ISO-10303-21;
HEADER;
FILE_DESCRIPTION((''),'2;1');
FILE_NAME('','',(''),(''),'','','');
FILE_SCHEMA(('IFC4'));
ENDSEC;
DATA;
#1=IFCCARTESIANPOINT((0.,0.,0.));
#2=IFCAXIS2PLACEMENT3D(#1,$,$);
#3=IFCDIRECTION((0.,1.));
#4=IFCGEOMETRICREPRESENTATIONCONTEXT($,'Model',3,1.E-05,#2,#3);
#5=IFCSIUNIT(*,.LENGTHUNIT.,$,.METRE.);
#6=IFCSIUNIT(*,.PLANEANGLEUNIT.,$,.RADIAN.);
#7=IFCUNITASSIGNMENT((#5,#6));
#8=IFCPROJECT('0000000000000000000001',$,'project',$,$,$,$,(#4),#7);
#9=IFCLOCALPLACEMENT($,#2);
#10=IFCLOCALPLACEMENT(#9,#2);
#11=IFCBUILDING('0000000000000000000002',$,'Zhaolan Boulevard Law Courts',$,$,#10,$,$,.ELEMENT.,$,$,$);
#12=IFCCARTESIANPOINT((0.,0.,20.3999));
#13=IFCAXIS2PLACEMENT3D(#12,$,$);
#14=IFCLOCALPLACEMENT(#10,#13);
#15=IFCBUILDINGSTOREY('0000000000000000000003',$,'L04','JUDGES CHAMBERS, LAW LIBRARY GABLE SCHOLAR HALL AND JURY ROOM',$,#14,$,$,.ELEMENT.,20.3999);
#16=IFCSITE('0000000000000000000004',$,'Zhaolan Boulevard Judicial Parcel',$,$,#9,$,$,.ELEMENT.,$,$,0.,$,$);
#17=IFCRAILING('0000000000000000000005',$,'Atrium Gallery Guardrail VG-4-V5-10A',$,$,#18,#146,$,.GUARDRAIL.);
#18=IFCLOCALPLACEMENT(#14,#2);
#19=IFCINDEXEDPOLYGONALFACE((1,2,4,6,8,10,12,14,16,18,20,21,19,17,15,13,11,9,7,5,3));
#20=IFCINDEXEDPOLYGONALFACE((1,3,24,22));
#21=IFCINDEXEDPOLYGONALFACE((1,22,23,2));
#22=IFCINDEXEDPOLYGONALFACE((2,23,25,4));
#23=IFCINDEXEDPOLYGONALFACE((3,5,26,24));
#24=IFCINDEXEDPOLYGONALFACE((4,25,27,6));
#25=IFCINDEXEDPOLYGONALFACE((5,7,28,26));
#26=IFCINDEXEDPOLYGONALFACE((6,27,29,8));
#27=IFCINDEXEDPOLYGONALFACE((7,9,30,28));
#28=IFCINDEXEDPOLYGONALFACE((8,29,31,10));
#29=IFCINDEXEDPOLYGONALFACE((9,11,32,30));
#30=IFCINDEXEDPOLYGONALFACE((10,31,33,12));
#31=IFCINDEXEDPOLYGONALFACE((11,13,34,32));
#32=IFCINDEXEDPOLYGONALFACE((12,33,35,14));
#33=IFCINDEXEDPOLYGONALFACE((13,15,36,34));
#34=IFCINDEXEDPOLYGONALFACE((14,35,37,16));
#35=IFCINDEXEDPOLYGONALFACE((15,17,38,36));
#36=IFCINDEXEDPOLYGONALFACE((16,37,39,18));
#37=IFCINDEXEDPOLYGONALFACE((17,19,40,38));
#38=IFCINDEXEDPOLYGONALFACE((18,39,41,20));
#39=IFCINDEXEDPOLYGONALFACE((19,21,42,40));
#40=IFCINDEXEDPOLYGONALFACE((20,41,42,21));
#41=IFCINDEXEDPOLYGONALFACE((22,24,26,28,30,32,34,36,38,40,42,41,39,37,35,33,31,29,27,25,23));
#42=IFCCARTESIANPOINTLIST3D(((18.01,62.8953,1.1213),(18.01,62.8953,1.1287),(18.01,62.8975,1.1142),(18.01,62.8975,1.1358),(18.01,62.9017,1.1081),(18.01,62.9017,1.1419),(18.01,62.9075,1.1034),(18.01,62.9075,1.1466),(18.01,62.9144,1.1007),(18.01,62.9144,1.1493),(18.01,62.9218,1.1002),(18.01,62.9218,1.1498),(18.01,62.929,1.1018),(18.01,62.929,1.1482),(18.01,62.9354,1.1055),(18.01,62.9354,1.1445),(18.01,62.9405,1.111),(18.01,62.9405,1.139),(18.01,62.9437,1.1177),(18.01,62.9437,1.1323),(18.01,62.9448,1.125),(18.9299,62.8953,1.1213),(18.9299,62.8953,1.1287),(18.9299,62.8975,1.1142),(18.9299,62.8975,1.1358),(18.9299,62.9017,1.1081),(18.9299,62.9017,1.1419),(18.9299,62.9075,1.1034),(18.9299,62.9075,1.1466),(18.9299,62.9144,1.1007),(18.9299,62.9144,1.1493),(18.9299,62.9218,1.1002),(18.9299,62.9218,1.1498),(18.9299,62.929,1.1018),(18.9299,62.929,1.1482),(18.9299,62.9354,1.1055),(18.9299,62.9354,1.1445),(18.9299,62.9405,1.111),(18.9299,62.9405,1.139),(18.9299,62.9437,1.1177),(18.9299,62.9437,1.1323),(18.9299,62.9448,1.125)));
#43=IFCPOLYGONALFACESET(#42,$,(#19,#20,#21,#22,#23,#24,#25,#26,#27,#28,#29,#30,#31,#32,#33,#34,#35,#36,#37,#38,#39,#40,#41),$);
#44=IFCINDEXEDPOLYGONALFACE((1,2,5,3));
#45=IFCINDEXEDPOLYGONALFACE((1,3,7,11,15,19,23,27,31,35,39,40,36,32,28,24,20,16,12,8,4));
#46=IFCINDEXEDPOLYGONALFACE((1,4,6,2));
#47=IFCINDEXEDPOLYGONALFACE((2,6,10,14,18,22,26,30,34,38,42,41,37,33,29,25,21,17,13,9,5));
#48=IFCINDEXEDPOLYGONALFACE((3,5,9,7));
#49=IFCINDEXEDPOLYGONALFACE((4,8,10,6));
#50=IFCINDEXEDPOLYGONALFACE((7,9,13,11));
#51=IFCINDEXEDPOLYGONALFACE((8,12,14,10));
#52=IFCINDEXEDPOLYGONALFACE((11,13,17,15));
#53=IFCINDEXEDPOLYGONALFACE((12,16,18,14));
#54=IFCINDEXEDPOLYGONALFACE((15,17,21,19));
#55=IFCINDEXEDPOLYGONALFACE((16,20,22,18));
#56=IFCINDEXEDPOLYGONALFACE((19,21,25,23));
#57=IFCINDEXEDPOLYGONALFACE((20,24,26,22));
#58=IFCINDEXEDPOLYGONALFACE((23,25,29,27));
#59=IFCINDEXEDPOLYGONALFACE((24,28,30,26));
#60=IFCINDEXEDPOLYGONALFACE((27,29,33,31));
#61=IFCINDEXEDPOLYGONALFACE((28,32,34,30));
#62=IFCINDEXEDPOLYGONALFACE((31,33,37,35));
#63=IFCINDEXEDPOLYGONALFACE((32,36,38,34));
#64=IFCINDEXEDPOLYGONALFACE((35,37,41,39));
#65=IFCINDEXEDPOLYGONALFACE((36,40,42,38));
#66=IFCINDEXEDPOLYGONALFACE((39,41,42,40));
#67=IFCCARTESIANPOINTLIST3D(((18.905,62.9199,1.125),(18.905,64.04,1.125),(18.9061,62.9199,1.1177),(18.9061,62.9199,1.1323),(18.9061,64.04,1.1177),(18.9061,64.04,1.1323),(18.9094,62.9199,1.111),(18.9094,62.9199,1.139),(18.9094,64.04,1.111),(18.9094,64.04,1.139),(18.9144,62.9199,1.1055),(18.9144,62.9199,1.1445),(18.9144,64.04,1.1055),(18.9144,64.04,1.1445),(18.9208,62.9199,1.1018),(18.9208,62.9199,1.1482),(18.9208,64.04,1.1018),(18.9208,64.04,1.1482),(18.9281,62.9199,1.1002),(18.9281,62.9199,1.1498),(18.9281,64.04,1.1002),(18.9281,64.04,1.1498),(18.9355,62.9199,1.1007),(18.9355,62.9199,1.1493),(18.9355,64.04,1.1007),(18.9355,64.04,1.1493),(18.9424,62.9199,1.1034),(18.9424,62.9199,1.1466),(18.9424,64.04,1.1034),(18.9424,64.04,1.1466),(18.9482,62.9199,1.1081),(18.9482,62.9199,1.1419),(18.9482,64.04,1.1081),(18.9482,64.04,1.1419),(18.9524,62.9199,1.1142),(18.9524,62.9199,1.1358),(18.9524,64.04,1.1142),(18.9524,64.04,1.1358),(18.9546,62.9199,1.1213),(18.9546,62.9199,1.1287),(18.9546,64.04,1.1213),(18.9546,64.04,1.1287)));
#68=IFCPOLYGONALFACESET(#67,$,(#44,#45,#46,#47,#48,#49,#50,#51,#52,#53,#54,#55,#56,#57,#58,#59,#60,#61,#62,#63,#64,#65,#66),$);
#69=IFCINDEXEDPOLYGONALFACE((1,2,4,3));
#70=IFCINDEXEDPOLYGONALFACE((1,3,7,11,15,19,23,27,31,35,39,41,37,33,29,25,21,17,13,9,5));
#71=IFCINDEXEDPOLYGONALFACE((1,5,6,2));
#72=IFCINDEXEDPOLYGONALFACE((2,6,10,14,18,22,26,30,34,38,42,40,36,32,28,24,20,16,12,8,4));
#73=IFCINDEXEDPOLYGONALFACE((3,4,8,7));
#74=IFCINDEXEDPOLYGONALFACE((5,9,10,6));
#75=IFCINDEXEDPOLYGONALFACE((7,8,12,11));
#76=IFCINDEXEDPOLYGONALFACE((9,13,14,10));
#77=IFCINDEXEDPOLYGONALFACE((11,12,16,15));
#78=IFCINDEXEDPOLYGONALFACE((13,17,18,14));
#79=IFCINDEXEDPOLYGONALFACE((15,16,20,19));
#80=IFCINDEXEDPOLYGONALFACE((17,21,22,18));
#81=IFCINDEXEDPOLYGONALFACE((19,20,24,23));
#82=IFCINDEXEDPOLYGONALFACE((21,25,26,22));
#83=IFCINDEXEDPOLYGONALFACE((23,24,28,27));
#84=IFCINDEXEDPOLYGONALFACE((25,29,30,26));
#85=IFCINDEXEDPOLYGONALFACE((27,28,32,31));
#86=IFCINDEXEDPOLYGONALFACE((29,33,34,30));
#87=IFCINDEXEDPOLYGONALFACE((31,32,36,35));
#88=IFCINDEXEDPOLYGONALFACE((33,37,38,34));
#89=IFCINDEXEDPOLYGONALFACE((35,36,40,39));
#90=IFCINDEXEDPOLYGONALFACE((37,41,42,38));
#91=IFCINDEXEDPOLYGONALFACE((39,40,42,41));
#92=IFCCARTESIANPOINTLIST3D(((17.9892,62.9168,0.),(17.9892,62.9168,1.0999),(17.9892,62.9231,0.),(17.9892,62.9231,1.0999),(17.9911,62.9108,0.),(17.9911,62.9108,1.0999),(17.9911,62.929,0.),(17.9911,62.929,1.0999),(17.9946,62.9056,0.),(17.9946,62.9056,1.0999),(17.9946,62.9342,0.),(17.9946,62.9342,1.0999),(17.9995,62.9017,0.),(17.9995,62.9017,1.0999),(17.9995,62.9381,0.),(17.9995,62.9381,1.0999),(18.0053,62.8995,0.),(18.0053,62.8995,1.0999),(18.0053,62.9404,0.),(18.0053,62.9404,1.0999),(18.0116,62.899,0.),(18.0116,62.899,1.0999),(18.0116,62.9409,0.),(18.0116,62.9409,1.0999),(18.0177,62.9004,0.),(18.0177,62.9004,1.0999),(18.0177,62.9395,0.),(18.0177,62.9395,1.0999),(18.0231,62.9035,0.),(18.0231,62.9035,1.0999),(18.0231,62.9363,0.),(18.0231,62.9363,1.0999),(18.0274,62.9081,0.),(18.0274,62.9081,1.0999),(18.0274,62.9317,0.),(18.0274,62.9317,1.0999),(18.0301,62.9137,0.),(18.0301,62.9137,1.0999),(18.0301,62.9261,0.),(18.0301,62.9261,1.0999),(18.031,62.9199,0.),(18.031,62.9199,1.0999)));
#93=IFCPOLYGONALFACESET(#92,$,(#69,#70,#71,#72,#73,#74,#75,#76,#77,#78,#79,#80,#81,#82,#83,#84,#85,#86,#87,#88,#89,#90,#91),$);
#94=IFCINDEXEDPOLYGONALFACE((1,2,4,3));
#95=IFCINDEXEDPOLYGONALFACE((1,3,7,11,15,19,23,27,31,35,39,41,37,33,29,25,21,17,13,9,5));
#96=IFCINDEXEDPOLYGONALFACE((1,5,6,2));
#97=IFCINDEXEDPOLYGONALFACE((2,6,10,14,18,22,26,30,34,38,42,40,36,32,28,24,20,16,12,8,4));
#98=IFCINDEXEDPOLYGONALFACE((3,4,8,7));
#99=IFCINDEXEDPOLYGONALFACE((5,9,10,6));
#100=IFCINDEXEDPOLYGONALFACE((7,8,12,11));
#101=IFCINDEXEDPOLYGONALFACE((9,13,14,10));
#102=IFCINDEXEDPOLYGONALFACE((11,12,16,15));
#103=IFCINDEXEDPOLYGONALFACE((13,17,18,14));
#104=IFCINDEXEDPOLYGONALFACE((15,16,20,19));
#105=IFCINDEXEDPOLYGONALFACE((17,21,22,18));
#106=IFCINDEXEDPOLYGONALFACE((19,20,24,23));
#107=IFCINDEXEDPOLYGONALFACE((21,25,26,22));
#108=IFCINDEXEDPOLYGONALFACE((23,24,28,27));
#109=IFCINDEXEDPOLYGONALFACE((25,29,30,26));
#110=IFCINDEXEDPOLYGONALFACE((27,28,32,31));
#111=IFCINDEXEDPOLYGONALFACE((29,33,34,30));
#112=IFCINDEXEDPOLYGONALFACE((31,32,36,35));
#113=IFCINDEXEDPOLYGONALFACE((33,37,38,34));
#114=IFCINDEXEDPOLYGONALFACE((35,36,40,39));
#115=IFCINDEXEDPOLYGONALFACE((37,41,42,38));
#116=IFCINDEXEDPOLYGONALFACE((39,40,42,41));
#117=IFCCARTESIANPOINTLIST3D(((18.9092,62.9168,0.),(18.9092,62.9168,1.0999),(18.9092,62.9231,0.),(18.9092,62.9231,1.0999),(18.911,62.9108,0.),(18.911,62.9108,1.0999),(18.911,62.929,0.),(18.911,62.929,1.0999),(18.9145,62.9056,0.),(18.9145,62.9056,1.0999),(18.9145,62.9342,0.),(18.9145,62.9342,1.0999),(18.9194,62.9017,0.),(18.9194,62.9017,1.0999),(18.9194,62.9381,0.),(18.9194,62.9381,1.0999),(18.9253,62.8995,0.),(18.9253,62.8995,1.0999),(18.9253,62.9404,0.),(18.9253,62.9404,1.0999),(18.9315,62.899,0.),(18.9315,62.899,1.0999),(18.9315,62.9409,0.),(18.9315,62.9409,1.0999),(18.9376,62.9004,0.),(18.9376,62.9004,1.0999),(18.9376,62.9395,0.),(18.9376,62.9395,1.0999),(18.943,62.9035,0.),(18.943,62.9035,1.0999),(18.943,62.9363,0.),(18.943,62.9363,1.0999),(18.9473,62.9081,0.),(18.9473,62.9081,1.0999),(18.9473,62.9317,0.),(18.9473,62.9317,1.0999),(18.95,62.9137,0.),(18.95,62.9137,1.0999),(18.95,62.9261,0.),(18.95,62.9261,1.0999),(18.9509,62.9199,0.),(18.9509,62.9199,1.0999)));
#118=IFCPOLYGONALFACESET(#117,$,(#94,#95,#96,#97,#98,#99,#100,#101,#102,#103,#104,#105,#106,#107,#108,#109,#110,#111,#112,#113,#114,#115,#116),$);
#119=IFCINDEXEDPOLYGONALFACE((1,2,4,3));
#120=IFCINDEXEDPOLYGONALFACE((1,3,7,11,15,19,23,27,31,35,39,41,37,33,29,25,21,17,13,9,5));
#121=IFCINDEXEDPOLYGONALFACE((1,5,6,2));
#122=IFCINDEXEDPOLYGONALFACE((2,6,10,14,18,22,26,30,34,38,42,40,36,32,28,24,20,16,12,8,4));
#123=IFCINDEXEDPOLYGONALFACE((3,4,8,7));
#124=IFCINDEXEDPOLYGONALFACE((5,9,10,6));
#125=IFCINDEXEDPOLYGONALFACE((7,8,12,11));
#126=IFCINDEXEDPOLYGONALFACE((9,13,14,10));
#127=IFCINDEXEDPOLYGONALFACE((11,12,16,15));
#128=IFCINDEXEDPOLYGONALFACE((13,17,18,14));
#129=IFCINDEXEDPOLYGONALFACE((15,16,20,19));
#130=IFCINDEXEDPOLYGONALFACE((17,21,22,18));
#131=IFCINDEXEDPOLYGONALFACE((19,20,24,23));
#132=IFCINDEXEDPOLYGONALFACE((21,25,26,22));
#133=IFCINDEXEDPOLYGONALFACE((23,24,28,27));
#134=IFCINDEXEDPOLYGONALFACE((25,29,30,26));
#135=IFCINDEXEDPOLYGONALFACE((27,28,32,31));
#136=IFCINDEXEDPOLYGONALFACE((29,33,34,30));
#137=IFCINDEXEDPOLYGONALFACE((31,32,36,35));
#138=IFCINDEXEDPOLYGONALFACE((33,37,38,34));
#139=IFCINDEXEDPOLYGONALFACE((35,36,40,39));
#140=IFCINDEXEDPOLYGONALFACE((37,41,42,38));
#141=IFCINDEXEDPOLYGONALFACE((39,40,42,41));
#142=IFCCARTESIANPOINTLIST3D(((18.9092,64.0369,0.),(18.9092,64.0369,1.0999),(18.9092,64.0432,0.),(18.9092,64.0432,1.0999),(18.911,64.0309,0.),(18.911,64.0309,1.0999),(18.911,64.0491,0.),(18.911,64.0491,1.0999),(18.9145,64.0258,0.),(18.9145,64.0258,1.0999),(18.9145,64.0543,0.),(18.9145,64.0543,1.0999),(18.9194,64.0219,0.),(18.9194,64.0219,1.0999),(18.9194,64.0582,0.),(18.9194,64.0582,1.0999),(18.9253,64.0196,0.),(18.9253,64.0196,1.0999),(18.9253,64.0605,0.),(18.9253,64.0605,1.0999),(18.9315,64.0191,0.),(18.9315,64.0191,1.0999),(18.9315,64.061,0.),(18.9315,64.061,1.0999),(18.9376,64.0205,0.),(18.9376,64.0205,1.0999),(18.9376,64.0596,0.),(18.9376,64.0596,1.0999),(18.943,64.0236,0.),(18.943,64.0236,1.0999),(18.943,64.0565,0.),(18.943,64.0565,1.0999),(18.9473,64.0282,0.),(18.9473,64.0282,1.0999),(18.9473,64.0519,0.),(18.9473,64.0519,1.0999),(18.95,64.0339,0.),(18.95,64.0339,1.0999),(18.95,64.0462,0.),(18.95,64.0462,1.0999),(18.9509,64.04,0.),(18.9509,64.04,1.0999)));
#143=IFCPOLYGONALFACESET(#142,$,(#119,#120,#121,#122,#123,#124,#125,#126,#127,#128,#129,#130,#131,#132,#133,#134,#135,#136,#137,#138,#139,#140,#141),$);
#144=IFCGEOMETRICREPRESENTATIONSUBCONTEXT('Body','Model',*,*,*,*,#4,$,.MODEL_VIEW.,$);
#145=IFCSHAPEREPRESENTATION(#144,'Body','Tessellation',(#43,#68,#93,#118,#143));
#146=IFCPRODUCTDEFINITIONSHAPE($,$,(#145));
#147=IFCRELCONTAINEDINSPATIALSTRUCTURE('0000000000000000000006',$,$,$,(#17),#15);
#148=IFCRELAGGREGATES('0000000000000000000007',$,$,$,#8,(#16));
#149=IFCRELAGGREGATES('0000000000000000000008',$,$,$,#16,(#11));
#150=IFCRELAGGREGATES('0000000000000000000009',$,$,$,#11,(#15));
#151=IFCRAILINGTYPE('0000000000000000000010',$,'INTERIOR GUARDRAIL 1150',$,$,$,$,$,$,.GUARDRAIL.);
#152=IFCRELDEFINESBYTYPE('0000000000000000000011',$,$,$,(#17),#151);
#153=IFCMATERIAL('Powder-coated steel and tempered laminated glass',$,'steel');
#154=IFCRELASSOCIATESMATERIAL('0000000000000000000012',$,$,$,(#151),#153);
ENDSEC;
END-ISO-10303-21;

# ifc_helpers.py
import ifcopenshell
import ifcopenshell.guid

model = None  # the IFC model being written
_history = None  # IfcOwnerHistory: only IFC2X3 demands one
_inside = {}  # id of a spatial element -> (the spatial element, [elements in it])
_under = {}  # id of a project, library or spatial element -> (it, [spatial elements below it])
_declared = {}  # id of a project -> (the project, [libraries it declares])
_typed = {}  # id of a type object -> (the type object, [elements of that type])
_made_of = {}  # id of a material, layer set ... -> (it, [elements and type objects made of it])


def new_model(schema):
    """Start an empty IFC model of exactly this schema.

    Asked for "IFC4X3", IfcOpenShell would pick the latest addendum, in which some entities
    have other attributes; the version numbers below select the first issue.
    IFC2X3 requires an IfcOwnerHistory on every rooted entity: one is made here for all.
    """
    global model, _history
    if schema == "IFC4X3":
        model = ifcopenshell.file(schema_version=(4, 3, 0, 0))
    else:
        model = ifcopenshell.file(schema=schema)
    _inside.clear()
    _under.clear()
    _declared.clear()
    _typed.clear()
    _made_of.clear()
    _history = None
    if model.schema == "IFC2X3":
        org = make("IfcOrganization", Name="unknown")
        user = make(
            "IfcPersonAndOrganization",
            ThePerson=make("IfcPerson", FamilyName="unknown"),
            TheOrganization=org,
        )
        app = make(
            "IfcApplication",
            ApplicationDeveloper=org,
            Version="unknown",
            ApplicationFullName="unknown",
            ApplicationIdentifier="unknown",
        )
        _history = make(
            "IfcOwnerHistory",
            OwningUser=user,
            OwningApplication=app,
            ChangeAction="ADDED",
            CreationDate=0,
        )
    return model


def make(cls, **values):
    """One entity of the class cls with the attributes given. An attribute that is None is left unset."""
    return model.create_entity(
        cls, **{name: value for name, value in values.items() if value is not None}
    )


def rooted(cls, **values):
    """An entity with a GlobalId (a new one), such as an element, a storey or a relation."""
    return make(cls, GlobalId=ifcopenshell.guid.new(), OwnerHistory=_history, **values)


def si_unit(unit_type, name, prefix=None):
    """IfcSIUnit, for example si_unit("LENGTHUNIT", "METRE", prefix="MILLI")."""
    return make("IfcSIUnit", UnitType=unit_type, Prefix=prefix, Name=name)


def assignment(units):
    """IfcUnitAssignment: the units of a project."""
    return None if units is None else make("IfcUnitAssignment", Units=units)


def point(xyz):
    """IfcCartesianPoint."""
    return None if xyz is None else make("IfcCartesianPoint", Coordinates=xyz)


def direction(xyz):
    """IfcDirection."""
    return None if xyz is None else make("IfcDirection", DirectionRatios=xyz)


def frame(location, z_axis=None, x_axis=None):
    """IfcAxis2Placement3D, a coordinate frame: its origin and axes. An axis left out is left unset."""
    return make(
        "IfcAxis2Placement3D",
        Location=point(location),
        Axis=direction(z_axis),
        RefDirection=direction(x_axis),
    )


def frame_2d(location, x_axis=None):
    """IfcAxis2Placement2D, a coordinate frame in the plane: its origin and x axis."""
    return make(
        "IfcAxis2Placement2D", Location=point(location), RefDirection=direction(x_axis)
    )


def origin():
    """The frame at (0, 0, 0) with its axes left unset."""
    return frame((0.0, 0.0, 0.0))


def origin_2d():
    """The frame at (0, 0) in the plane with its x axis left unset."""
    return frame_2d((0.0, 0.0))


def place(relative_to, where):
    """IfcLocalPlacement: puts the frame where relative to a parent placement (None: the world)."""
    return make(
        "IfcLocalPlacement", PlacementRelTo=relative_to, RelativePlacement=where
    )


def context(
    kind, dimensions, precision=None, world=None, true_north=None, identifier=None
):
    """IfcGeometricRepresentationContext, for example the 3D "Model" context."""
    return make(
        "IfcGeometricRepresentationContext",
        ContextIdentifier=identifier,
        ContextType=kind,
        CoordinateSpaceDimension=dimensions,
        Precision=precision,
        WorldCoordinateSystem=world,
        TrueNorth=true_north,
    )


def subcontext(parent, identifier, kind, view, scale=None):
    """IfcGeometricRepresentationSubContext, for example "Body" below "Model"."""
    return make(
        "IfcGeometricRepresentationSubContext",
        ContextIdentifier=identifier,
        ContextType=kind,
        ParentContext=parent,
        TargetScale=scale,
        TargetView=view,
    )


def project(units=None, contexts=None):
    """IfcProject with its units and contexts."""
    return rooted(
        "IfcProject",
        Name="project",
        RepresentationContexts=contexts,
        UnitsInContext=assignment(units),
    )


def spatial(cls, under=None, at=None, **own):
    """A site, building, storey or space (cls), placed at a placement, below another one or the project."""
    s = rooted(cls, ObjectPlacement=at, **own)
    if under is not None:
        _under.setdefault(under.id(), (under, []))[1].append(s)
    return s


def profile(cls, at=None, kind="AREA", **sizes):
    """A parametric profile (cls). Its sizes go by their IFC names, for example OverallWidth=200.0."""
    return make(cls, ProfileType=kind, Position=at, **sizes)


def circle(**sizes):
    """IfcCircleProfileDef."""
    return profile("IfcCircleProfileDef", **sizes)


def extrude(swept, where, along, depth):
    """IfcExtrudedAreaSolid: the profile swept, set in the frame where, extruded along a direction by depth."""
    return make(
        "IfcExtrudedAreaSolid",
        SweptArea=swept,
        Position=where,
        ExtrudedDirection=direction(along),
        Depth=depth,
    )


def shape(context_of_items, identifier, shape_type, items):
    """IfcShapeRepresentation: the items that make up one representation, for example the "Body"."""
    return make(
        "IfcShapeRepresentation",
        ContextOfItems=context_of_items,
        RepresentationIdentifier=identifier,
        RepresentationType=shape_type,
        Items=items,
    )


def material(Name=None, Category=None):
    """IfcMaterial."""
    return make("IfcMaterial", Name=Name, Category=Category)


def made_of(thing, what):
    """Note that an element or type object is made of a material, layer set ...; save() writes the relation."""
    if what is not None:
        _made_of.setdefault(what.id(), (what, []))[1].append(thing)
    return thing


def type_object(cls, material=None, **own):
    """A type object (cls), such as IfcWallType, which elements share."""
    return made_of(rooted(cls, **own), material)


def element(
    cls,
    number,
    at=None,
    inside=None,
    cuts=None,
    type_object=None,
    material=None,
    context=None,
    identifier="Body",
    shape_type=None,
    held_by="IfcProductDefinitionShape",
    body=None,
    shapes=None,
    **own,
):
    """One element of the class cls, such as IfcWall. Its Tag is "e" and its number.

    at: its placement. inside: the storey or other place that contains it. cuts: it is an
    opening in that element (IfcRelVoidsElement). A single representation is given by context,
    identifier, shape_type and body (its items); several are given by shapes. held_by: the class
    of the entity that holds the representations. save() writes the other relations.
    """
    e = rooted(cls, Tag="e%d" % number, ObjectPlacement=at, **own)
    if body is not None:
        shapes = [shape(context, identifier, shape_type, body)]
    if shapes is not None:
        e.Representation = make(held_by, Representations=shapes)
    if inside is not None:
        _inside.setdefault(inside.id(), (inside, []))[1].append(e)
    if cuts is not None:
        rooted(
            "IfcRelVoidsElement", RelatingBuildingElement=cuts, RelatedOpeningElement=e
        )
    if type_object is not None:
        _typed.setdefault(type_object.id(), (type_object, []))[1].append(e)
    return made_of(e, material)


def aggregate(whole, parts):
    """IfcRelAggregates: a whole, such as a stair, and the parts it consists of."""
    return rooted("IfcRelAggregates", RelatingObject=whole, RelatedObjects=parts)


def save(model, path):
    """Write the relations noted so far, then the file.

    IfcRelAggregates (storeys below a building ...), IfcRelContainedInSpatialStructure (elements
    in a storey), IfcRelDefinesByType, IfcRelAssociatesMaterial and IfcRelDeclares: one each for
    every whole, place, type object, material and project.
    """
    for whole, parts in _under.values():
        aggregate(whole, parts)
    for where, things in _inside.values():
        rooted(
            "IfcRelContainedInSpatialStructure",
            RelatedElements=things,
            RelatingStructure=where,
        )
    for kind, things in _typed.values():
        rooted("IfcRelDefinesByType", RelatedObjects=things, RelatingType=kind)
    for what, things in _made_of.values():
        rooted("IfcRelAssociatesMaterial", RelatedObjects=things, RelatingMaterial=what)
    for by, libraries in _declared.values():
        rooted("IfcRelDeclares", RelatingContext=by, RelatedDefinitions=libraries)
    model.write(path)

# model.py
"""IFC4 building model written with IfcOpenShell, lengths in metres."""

from ifc_helpers import new_model, si_unit, direction, frame, origin, origin_2d, place, context, subcontext, project, spatial, circle, extrude, material, type_object, element, save


model = new_model("IFC4")

# Units and contexts
model_context = context("Model", 3, precision=1e-05, world=origin(), true_north=direction((0.0, 1.0)))
body_context = subcontext(model_context, "Body", "Model", "MODEL_VIEW")
ifc_project = project(units=[si_unit("LENGTHUNIT", "METRE"), si_unit("PLANEANGLEUNIT", "RADIAN")], contexts=[model_context])

# Site, building, storey
site_placement = place(None, origin())
site = spatial("IfcSite", under=ifc_project, at=site_placement, Name="Zhaolan Boulevard Judicial Parcel", CompositionType="ELEMENT", RefElevation=0.0)
building_placement = place(site_placement, origin())
building = spatial("IfcBuilding", under=site, at=building_placement, Name="Zhaolan Boulevard Law Courts", CompositionType="ELEMENT")
storey_placement = place(building_placement, frame((0.0, 0.0, 20.3999)))
storey = spatial("IfcBuildingStorey", under=building, at=storey_placement, Name="L04", Description="JUDGES CHAMBERS, LAW LIBRARY GABLE SCHOLAR HALL AND JURY ROOM", CompositionType="ELEMENT", Elevation=20.3999)

# Railing
ifc_material_1 = material(Name="Powder-coated steel and tempered laminated glass", Category="steel")
railing_type_1 = type_object("IfcRailingType", Name="INTERIOR GUARDRAIL 1150", PredefinedType="GUARDRAIL", material=ifc_material_1)
railing_1_placement = place(storey_placement, frame((18.01, 62.9199, 0.0)))
element("IfcRailing", 1, at=railing_1_placement, inside=storey, type_object=railing_type_1, Name="Atrium Gallery Guardrail VG-4-V5-10A", PredefinedType="GUARDRAIL", context=body_context, shape_type="SweptSolid", body=[
    extrude(circle(Radius=0.0249, at=origin_2d()), frame((0.0, 0.0, 1.125), z_axis=(1.0, 0.0, 0.0), x_axis=(0.0, 1.0, 0.0)), (0.0, 0.0, 1.0), 0.9199),
    extrude(circle(Radius=0.0249, at=origin_2d()), frame((0.9199, 0.0, 1.125), z_axis=(0.0, 1.0, 0.0), x_axis=(-1.0, 0.0, 0.0)), (0.0, 0.0, 1.0), 1.1201),
    extrude(circle(Radius=0.021, at=origin_2d()), origin(), (0.0, 0.0, 1.0), 1.0999),
    extrude(circle(Radius=0.021, at=origin_2d()), frame((0.9199, 0.0, 0.0)), (0.0, 0.0, 1.0), 1.0999),
    extrude(circle(Radius=0.021, at=origin_2d()), frame((0.9199, 1.1201, 0.0)), (0.0, 0.0, 1.0), 1.0999),
])

save(model, "model.ifc")
